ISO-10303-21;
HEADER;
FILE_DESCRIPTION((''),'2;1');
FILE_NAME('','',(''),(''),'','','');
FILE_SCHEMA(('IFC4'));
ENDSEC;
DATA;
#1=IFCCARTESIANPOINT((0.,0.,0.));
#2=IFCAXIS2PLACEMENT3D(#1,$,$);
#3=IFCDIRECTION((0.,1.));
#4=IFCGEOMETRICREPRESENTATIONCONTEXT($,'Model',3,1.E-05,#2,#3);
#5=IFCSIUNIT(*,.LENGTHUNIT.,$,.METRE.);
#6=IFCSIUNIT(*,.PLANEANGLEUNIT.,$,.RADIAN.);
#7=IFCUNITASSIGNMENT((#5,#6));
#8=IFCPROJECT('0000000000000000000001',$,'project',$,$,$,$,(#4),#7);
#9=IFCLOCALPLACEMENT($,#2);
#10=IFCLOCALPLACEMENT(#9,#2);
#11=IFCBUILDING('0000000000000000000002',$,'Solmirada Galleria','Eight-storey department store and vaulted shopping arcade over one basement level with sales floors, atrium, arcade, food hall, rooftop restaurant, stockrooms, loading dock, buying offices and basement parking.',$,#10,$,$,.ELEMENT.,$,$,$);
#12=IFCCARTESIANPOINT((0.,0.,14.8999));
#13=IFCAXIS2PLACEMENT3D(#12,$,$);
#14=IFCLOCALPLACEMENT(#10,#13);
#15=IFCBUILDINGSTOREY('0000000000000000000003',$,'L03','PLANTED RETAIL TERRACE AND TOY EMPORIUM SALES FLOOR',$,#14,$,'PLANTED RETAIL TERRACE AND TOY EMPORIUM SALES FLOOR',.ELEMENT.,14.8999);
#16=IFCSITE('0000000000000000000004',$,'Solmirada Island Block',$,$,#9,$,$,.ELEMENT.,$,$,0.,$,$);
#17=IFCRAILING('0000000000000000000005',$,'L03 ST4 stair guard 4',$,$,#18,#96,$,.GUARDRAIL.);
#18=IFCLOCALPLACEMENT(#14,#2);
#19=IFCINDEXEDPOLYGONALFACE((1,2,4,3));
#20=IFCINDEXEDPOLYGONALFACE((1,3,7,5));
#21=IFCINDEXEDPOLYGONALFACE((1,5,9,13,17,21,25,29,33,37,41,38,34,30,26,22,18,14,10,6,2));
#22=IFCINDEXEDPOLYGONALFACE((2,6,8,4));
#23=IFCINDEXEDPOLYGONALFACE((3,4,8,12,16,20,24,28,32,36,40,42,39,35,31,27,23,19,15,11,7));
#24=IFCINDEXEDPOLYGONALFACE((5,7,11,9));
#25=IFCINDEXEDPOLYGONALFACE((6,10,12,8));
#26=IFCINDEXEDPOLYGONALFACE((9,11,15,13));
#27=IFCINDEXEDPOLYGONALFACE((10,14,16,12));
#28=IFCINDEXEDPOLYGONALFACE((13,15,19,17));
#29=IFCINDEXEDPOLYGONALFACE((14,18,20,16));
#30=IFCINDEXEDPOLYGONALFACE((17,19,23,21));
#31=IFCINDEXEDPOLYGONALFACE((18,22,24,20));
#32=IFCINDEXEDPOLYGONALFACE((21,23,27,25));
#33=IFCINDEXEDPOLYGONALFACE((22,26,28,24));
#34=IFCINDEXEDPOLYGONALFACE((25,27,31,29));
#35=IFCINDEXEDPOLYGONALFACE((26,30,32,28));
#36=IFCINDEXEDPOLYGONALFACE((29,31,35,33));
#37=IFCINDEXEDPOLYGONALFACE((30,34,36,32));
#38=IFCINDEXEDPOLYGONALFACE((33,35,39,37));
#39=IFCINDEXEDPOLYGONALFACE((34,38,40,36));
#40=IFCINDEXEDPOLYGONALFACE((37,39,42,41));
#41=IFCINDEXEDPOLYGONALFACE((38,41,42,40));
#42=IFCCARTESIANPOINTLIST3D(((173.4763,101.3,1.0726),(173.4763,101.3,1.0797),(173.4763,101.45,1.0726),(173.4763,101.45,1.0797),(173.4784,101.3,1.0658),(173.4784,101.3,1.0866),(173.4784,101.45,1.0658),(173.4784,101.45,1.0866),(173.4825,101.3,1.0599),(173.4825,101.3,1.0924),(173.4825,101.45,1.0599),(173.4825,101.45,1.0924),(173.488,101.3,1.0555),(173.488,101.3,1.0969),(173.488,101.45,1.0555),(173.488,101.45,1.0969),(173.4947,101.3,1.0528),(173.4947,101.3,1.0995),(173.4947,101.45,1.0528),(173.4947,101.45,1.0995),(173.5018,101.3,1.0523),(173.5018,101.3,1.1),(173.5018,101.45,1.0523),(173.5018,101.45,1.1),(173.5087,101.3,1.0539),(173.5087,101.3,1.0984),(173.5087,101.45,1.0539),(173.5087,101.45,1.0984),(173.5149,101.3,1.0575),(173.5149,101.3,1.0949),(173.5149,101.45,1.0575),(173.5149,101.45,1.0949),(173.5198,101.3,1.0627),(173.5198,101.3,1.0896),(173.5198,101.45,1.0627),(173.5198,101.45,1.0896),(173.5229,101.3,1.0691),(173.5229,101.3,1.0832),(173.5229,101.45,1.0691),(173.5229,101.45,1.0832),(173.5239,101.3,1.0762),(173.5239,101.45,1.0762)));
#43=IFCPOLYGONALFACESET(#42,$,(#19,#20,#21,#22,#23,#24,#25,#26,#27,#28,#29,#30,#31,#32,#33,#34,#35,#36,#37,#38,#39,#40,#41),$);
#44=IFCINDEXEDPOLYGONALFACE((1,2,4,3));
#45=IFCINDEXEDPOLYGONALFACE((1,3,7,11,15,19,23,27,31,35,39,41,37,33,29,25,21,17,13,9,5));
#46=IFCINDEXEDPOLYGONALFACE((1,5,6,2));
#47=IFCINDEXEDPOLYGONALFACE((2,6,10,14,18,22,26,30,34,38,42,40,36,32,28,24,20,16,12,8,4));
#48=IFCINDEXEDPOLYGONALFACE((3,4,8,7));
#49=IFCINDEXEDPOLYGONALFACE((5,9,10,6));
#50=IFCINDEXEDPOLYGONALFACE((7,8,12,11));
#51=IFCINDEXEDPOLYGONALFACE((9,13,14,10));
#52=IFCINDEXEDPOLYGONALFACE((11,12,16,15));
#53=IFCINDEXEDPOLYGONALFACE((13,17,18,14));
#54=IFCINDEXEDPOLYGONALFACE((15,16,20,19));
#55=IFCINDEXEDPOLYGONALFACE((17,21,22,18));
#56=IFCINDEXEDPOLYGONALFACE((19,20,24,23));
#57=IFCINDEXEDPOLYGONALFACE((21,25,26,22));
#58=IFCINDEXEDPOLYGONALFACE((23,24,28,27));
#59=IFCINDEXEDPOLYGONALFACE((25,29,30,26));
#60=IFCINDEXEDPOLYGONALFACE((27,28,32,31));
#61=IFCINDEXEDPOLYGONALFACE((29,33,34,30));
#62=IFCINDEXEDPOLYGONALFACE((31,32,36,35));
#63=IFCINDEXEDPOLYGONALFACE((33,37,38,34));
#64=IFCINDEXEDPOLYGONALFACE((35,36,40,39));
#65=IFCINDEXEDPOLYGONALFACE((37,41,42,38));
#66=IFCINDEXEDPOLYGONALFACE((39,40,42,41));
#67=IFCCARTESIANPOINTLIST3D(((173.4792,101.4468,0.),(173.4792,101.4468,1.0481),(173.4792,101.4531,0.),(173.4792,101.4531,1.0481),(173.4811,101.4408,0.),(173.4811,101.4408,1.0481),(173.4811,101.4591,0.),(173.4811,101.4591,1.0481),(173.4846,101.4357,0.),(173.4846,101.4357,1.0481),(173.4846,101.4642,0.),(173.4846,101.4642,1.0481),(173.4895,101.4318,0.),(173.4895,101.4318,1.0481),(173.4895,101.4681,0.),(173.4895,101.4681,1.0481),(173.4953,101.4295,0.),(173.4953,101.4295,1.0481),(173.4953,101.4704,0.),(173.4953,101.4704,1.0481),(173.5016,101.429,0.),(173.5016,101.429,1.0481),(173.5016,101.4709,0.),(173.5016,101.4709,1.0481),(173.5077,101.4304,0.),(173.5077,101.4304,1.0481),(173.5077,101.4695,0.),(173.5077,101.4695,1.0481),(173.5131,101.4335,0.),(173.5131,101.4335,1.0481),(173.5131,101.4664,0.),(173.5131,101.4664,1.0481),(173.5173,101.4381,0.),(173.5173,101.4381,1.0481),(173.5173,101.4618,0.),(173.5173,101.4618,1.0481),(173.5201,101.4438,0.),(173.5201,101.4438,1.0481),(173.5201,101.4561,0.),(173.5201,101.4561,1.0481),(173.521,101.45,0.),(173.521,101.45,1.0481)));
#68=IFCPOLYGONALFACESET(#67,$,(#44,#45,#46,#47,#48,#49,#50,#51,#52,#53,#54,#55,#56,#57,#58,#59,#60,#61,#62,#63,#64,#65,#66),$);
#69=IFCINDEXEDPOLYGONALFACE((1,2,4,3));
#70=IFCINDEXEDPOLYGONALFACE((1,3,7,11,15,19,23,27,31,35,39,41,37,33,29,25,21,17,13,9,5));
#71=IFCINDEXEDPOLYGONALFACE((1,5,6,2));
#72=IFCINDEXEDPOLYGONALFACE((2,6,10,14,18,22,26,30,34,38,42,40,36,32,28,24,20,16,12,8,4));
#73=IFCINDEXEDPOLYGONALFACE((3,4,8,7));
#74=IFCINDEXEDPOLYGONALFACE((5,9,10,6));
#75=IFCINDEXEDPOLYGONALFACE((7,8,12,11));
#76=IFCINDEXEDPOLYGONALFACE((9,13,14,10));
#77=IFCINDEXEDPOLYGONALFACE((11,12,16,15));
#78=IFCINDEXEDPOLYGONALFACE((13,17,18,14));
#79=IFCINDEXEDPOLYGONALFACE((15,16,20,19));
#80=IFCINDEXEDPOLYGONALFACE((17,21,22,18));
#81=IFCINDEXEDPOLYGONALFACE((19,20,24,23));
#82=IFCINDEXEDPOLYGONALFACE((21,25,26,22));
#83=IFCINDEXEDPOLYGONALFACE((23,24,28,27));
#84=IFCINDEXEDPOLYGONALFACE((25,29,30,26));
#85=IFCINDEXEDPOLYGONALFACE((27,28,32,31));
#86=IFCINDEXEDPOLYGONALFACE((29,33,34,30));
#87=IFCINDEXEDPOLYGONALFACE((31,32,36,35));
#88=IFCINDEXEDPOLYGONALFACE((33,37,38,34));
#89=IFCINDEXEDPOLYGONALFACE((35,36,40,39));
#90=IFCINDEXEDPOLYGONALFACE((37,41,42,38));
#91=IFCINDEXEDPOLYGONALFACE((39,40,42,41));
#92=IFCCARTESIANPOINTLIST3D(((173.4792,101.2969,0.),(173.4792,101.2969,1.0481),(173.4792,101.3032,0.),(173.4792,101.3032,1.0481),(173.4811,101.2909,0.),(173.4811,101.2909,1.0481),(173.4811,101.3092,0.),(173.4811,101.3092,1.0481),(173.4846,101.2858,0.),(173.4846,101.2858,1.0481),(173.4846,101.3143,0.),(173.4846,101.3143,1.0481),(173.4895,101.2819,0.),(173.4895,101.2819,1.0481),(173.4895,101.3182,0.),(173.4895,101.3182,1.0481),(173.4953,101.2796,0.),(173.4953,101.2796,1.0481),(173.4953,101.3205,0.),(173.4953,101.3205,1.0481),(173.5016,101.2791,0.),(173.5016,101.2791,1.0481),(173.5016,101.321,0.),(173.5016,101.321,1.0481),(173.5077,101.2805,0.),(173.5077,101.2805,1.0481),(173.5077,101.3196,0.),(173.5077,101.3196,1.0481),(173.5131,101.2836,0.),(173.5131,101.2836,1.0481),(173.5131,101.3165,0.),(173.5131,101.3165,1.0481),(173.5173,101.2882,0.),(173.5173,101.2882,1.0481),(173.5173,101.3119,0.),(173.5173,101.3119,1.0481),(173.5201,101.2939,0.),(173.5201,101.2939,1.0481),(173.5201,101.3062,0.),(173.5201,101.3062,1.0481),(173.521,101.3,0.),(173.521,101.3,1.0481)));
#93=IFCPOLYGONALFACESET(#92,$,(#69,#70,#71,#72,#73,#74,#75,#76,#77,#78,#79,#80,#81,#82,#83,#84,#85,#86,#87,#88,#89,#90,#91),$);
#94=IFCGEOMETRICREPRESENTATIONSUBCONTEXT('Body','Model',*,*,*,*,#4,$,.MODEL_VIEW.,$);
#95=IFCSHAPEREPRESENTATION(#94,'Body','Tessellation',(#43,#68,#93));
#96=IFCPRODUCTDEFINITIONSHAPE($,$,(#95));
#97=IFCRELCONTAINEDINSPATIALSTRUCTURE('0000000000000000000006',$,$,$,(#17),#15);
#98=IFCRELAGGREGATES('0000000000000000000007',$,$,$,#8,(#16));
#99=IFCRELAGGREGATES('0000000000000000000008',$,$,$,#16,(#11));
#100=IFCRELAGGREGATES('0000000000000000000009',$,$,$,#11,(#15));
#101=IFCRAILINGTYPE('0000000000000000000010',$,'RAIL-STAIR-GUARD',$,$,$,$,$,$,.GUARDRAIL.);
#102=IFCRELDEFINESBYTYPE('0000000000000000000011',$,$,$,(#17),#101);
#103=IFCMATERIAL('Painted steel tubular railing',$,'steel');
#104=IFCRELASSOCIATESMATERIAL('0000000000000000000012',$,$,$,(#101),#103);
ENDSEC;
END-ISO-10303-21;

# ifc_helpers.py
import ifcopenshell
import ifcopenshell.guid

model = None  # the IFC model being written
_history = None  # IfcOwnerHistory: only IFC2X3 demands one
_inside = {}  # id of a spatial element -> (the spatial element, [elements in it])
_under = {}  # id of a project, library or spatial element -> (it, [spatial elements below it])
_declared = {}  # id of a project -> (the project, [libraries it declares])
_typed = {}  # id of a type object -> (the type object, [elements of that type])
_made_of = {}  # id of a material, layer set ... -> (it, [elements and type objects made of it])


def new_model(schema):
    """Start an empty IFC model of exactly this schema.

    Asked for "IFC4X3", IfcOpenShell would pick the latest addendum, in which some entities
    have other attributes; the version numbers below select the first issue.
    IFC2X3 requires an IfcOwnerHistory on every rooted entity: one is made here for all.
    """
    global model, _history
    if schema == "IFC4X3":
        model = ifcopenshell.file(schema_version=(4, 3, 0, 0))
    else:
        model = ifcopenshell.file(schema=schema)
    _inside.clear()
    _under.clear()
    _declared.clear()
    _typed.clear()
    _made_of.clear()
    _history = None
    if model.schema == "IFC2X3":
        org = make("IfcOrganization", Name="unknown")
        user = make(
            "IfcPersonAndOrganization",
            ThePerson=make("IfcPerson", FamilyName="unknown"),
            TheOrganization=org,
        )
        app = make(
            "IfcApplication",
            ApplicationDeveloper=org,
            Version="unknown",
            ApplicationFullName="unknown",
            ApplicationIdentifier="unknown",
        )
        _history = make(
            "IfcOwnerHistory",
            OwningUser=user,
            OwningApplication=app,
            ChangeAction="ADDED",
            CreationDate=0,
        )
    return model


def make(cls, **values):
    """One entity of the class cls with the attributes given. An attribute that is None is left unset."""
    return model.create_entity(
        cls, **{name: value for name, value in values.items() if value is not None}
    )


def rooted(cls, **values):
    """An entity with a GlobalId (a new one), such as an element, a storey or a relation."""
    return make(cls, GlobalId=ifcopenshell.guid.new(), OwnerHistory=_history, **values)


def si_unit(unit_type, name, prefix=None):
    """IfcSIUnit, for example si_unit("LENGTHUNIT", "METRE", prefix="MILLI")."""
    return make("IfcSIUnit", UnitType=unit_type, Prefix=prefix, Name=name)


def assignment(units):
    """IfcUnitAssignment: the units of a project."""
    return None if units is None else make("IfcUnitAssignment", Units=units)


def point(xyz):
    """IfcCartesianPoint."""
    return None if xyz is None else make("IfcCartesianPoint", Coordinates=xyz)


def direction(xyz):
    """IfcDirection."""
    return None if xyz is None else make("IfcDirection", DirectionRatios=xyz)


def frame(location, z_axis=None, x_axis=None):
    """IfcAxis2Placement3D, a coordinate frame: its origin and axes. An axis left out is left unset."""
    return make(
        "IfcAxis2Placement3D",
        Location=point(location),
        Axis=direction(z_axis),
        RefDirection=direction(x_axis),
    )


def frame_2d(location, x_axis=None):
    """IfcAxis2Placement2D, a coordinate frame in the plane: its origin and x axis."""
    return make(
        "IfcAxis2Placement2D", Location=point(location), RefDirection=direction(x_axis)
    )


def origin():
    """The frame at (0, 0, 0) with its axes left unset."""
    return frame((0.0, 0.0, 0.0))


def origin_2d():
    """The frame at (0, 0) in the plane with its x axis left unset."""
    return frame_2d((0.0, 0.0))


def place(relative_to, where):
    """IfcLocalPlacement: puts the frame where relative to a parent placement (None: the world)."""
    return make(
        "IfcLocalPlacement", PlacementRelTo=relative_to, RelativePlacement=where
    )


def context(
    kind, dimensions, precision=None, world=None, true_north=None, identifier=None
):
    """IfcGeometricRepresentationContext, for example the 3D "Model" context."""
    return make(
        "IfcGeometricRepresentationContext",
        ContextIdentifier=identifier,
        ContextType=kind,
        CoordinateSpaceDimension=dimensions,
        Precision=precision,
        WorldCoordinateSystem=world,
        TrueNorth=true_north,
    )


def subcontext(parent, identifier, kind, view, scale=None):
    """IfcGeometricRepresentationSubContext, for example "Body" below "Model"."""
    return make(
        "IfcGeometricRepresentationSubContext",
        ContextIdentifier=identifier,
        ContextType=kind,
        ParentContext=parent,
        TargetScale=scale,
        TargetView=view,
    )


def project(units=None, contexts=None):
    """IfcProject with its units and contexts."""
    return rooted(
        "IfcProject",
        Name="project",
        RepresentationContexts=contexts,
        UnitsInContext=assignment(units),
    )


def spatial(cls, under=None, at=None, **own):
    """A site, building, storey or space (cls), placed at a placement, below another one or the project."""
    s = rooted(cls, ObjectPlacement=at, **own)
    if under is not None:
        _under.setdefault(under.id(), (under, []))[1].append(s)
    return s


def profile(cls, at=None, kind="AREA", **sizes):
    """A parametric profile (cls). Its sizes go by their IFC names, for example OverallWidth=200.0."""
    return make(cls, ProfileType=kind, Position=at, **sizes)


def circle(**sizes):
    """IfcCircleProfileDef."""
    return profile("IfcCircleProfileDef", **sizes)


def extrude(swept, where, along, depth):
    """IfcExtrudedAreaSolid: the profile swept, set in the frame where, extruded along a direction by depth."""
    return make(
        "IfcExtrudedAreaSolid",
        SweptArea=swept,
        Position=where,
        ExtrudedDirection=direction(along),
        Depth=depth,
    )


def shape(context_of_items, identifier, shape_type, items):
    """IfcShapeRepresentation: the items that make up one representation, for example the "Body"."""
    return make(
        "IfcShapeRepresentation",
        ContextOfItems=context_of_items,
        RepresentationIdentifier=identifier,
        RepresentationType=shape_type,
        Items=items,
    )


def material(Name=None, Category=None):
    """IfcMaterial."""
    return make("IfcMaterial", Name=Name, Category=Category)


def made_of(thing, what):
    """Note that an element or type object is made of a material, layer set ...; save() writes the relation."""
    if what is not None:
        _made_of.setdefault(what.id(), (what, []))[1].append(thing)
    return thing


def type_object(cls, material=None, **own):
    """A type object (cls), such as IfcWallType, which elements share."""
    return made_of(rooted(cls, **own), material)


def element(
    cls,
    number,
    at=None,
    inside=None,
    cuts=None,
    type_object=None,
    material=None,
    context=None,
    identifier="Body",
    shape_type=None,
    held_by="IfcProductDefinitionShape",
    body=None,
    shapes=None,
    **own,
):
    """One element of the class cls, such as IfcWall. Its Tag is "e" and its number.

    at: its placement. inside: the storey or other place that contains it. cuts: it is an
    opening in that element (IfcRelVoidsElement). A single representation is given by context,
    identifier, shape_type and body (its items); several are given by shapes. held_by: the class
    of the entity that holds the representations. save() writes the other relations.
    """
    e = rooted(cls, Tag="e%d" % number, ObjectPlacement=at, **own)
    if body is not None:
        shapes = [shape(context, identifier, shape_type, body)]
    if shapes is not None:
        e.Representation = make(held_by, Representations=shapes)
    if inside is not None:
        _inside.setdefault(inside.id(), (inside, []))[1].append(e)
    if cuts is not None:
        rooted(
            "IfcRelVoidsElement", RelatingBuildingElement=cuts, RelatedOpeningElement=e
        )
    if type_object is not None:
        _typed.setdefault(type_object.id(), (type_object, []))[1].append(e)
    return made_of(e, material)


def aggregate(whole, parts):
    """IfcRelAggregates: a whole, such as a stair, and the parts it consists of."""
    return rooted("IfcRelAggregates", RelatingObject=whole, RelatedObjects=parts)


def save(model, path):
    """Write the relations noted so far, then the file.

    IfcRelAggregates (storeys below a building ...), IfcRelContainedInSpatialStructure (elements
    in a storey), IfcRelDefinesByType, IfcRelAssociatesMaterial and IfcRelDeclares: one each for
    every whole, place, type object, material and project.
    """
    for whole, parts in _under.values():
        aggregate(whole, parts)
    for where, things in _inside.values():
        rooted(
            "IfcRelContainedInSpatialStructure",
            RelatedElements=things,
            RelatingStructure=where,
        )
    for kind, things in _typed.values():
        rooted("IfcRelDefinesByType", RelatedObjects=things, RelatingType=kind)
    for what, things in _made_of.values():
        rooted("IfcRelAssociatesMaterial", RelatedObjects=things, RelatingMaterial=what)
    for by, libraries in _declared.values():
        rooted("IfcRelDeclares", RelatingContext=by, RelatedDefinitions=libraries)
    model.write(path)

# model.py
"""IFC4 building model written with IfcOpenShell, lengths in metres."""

from ifc_helpers import new_model, si_unit, direction, frame, origin, origin_2d, place, context, subcontext, project, spatial, circle, extrude, material, type_object, element, save


model = new_model("IFC4")

# Units and contexts
model_context = context("Model", 3, precision=1e-05, world=origin(), true_north=direction((0.0, 1.0)))
body_context = subcontext(model_context, "Body", "Model", "MODEL_VIEW")
ifc_project = project(units=[si_unit("LENGTHUNIT", "METRE"), si_unit("PLANEANGLEUNIT", "RADIAN")], contexts=[model_context])

# Site, building, storey
site_placement = place(None, origin())
site = spatial("IfcSite", under=ifc_project, at=site_placement, Name="Solmirada Island Block", CompositionType="ELEMENT", RefElevation=0.0)
building_placement = place(site_placement, origin())
building = spatial("IfcBuilding", under=site, at=building_placement, Name="Solmirada Galleria", Description="Eight-storey department store and vaulted shopping arcade over one basement level with sales floors, atrium, arcade, food hall, rooftop restaurant, stockrooms, loading dock, buying offices and basement parking.", CompositionType="ELEMENT")
storey_placement = place(building_placement, frame((0.0, 0.0, 14.8999)))
storey = spatial("IfcBuildingStorey", under=building, at=storey_placement, Name="L03", Description="PLANTED RETAIL TERRACE AND TOY EMPORIUM SALES FLOOR", LongName="PLANTED RETAIL TERRACE AND TOY EMPORIUM SALES FLOOR", CompositionType="ELEMENT", Elevation=14.8999)

# Railing
ifc_material_1 = material(Name="Painted steel tubular railing", Category="steel")
railing_type_1 = type_object("IfcRailingType", Name="RAIL-STAIR-GUARD", PredefinedType="GUARDRAIL", material=ifc_material_1)
railing_1_placement = place(storey_placement, frame((173.5, 101.45, 0.0)))
element("IfcRailing", 1, at=railing_1_placement, inside=storey, type_object=railing_type_1, Name="L03 ST4 stair guard 4", PredefinedType="GUARDRAIL", context=body_context, shape_type="SweptSolid", body=[
    extrude(circle(Radius=0.0239, at=origin_2d()), frame((0.0, 0.0, 1.0762), z_axis=(0.0, -1.0, 0.0), x_axis=(1.0, 0.0, 0.0)), (0.0, 0.0, 1.0), 0.1499),
    extrude(circle(Radius=0.021, at=origin_2d()), origin(), (0.0, 0.0, 1.0), 1.0481),
    extrude(circle(Radius=0.021, at=origin_2d()), frame((0.0, -0.1499, 0.0)), (0.0, 0.0, 1.0), 1.0481),
])

save(model, "model.ifc")
